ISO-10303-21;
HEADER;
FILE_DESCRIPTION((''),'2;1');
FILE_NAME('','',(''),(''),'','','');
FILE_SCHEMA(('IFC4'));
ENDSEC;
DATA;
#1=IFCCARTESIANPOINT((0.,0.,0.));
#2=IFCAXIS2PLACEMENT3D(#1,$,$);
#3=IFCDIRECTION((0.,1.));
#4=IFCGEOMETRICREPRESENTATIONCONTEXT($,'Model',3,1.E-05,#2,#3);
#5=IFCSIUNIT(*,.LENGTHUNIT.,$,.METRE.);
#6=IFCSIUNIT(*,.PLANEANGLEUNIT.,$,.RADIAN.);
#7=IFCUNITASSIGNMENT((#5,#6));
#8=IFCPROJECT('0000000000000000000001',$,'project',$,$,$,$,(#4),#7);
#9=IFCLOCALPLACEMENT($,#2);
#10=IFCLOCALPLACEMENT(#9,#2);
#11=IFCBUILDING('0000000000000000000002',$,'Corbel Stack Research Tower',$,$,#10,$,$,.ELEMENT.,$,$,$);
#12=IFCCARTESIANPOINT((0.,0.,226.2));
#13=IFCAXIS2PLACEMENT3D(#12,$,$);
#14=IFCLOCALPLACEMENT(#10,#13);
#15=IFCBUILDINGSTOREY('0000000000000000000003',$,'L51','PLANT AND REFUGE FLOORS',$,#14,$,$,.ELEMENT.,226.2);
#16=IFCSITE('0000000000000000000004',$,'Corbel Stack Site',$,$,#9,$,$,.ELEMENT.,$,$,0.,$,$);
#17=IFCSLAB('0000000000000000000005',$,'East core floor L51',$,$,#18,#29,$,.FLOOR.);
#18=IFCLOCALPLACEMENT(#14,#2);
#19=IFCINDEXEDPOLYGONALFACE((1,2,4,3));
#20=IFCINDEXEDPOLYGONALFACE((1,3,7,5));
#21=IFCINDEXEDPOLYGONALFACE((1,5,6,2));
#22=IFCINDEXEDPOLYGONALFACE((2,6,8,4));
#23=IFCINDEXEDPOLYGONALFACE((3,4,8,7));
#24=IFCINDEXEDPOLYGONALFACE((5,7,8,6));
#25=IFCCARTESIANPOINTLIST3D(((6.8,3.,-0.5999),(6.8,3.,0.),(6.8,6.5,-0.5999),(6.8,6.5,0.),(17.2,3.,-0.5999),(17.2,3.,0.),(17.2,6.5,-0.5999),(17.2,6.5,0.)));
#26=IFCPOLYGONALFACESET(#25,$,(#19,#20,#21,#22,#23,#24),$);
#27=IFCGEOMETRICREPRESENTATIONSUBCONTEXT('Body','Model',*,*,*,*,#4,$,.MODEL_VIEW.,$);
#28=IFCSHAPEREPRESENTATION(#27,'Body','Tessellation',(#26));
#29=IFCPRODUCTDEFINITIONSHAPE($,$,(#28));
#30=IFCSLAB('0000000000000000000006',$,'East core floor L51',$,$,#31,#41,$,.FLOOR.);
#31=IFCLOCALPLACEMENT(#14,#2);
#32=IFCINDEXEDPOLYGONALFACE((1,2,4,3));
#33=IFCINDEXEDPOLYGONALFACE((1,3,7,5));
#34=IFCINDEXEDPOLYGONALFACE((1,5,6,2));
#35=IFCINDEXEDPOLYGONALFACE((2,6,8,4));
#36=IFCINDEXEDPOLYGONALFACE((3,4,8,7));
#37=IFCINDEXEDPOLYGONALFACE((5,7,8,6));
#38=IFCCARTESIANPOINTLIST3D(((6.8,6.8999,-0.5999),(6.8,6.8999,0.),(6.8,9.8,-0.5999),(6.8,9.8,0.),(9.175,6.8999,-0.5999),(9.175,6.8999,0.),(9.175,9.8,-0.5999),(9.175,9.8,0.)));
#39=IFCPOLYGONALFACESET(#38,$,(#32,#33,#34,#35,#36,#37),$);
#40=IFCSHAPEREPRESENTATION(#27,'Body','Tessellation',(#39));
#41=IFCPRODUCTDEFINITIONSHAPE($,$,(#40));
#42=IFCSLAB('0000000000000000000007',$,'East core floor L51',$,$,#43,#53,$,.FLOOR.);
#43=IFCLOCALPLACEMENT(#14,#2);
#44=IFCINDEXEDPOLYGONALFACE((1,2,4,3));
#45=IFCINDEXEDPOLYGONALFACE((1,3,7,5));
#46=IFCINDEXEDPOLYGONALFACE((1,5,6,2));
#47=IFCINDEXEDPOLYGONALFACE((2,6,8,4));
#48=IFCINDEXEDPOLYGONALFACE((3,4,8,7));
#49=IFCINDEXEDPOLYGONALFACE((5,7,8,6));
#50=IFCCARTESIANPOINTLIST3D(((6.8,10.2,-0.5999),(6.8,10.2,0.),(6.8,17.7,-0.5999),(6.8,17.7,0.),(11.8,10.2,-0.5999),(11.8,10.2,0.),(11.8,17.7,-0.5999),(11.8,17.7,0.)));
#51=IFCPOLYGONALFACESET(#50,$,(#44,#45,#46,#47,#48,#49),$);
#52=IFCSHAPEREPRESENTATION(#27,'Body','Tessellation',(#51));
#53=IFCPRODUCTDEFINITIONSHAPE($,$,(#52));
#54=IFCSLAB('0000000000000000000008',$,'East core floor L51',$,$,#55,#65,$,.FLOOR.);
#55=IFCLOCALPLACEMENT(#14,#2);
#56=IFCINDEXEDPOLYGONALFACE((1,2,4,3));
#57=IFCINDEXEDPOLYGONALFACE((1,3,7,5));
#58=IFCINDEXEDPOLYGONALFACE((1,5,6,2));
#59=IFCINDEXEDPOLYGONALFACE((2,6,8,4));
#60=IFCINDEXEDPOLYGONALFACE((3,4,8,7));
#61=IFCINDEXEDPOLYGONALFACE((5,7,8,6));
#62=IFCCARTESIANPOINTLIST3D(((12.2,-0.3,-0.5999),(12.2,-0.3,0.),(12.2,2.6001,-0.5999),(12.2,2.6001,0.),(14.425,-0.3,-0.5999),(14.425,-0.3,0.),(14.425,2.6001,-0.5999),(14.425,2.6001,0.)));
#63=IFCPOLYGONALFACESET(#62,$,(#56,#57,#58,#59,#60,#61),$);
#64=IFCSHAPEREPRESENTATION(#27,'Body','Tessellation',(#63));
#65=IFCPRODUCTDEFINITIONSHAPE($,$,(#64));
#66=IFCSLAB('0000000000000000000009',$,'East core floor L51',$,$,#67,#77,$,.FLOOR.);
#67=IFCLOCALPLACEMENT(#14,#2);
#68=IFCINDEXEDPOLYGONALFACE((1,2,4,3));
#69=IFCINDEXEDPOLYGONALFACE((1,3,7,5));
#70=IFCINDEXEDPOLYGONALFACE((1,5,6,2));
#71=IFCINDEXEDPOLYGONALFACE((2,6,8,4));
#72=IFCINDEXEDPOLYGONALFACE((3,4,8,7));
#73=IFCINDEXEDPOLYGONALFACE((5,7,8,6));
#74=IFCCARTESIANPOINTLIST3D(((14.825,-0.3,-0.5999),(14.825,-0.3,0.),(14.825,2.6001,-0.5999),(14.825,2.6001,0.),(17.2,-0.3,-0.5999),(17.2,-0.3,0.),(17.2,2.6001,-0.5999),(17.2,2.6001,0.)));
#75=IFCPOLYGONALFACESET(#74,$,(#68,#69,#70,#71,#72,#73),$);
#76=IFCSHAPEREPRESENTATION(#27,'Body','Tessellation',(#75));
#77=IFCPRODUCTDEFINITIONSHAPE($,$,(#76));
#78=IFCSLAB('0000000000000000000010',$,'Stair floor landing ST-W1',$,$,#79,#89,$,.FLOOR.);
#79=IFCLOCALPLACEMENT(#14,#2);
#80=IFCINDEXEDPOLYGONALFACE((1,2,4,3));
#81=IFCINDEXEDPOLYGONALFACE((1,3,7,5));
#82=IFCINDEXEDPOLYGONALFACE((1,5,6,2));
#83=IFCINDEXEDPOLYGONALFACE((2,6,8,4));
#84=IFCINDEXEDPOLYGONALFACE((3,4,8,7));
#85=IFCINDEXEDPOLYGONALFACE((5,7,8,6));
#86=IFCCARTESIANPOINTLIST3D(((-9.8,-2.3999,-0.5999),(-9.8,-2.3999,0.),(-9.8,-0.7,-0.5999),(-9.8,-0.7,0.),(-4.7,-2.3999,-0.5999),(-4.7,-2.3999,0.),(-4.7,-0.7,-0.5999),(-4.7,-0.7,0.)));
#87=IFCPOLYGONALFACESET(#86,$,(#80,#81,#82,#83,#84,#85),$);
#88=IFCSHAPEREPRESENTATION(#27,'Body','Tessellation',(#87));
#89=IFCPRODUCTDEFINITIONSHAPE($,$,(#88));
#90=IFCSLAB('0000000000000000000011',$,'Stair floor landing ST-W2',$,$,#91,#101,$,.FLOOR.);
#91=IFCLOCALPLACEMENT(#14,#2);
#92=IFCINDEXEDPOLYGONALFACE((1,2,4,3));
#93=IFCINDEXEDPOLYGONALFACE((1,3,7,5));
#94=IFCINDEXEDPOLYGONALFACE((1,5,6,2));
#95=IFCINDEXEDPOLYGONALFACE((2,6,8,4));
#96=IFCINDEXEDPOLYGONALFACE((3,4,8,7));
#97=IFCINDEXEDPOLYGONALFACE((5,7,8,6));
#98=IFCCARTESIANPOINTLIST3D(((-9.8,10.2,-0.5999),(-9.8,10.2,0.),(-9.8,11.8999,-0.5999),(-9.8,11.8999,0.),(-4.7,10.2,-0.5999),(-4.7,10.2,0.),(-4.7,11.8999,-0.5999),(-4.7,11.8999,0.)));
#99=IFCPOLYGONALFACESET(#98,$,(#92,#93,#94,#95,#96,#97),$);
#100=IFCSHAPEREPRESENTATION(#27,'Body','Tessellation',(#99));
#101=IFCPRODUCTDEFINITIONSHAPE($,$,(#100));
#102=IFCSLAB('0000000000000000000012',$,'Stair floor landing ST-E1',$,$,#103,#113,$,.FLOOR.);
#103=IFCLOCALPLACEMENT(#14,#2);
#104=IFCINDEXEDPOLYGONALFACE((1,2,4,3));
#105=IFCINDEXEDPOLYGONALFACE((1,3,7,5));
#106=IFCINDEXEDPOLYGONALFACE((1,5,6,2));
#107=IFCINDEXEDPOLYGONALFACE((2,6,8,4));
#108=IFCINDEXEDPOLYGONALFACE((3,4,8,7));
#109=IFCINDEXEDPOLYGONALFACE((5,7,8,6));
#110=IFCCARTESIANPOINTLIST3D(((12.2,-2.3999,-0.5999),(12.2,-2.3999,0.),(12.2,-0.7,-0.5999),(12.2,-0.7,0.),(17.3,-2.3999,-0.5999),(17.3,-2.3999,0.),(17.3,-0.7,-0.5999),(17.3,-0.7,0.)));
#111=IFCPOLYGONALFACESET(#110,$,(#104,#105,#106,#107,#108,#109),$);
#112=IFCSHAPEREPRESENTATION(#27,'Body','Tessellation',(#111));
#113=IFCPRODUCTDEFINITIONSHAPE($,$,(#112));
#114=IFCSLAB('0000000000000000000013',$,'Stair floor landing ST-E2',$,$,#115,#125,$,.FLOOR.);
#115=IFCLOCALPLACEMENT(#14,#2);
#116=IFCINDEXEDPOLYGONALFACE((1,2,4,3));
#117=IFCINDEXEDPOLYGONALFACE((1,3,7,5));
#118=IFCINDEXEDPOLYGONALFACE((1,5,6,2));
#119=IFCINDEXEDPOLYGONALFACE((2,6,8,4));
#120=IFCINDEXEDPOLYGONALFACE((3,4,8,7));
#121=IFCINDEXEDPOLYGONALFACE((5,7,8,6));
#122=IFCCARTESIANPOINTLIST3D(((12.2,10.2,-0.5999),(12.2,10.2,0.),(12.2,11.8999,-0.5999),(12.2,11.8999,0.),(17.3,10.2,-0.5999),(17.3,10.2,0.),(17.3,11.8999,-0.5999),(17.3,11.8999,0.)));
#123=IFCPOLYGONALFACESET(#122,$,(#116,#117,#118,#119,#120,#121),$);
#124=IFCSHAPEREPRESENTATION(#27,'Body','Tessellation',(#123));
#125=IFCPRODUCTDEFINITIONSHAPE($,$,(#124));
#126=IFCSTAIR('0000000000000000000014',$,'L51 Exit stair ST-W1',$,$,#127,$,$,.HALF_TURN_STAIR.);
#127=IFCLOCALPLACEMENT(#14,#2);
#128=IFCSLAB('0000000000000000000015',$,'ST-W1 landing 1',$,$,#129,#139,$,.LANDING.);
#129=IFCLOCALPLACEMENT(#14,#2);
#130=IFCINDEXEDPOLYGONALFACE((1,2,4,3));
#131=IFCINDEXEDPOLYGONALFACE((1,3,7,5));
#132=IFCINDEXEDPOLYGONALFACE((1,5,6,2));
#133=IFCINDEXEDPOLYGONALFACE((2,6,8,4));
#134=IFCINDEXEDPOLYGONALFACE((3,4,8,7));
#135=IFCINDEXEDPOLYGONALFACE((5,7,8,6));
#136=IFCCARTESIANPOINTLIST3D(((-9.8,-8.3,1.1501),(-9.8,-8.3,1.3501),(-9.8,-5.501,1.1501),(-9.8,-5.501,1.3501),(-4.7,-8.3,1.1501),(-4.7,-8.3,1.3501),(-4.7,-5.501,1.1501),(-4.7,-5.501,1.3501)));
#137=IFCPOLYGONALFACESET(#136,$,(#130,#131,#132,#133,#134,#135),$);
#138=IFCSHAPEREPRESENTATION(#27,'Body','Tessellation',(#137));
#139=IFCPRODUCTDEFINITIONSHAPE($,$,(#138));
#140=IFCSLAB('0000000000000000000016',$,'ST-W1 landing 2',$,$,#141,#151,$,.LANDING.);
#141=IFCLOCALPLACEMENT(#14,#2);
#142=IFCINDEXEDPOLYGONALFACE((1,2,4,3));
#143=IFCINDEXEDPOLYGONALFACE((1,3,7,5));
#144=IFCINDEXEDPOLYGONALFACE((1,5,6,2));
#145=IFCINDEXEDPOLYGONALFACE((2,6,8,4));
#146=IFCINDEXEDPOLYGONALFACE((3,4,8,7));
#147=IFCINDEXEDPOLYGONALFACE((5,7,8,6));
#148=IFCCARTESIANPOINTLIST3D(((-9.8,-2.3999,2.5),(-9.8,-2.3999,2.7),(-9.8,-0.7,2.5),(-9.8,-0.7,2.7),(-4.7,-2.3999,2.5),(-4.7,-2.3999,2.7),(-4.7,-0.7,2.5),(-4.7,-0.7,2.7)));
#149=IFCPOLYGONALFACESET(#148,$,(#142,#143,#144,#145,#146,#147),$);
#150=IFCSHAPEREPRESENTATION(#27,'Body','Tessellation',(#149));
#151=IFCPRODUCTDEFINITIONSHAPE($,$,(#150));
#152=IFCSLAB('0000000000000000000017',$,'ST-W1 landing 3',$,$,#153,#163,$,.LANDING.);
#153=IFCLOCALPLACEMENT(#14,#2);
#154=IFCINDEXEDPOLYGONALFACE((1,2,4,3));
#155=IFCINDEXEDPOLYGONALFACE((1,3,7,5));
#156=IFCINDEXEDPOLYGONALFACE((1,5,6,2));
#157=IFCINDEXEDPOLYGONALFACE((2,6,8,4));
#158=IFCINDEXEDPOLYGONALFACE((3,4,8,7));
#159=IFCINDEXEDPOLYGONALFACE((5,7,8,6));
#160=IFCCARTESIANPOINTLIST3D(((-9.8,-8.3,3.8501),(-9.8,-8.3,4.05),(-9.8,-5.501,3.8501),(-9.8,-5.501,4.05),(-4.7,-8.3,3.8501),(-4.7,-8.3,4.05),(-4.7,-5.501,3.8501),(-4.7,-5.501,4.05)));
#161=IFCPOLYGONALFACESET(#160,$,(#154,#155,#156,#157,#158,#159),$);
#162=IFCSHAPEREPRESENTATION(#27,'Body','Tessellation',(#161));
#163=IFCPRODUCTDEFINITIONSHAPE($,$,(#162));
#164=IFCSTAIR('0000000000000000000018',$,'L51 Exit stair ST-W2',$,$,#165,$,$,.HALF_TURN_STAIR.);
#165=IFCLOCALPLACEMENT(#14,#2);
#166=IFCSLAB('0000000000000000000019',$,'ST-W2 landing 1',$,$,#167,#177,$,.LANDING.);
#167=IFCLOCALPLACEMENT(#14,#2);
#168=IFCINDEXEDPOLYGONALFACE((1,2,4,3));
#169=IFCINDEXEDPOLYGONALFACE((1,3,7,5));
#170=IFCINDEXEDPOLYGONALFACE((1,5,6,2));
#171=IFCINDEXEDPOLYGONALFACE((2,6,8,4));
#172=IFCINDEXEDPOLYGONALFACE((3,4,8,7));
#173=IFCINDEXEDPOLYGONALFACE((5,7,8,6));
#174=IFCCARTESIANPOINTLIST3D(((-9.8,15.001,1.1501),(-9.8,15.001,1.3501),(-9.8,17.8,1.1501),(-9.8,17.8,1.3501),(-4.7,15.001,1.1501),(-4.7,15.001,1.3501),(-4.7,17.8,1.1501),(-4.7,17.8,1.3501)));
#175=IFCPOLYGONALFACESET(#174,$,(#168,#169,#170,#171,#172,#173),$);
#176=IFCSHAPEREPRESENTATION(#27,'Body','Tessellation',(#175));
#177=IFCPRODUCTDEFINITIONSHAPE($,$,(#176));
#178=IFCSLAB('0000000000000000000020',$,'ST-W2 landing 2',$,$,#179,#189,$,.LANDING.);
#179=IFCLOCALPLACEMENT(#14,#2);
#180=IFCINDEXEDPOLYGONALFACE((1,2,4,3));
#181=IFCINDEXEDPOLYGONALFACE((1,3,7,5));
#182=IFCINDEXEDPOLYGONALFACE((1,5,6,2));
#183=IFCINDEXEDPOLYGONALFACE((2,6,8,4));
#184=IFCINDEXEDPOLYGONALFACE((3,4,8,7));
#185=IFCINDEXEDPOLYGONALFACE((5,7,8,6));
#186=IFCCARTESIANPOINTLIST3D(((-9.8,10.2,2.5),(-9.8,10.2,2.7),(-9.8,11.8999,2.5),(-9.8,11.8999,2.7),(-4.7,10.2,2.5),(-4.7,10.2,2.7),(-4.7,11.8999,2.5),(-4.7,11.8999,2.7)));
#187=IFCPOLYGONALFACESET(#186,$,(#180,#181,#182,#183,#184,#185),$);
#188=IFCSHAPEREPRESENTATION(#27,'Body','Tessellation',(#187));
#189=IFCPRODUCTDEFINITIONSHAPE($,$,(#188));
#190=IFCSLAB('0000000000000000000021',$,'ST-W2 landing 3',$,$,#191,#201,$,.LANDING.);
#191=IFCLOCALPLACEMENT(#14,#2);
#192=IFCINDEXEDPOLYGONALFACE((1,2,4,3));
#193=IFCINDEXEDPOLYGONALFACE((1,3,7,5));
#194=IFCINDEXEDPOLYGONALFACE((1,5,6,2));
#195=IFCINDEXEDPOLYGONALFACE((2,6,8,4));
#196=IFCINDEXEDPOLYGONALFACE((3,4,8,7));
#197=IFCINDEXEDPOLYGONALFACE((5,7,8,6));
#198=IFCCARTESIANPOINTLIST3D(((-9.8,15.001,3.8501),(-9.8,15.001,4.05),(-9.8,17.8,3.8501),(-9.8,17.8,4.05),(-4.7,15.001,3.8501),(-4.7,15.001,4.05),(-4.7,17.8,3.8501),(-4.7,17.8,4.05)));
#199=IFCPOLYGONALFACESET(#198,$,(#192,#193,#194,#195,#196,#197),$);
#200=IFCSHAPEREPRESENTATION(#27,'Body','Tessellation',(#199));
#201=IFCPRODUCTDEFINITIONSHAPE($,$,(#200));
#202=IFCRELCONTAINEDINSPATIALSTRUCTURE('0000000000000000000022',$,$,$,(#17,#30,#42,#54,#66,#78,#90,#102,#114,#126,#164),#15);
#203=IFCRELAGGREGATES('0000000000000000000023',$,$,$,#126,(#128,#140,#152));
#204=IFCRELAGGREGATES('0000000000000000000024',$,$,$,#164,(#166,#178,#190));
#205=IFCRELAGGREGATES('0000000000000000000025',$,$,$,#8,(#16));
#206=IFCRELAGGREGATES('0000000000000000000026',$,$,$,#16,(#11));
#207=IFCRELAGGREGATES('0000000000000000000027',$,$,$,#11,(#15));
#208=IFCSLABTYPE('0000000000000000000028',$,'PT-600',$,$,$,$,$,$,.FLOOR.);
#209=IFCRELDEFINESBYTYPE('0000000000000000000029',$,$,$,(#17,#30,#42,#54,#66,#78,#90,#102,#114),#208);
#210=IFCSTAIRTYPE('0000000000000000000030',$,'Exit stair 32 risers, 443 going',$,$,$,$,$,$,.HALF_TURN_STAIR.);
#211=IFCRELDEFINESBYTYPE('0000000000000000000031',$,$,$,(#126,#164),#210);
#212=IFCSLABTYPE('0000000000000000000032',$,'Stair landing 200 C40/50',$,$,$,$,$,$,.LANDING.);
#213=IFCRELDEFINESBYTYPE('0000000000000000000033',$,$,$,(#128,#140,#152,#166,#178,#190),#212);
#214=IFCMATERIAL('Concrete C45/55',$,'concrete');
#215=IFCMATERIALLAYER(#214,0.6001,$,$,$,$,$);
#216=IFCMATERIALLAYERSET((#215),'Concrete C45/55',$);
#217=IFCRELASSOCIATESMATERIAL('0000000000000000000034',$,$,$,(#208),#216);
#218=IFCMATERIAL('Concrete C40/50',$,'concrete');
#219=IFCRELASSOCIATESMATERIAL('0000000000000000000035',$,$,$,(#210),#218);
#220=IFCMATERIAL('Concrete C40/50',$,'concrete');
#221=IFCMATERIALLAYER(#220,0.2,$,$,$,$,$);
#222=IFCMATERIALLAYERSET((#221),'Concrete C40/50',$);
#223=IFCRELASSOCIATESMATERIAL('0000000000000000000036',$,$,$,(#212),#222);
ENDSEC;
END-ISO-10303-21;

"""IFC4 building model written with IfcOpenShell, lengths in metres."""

from ifc_helpers import new_model, si_unit, direction, frame, origin, place, context, subcontext, project, spatial, polyline, outline, extrude, material, layer, layer_set, type_object, element, aggregate, save


model = new_model("IFC4")

# Units and contexts
model_context = context("Model", 3, precision=1e-05, world=origin(), true_north=direction((0.0, 1.0)))
body_context = subcontext(model_context, "Body", "Model", "MODEL_VIEW")
ifc_project = project(units=[si_unit("LENGTHUNIT", "METRE"), si_unit("PLANEANGLEUNIT", "RADIAN")], contexts=[model_context])

# Site, building, storey
site_placement = place(None, origin())
site = spatial("IfcSite", under=ifc_project, at=site_placement, Name="Corbel Stack Site", CompositionType="ELEMENT", RefElevation=0.0)
building_placement = place(site_placement, origin())
building = spatial("IfcBuilding", under=site, at=building_placement, Name="Corbel Stack Research Tower", CompositionType="ELEMENT")
storey_placement = place(building_placement, frame((0.0, 0.0, 226.2)))
storey = spatial("IfcBuildingStorey", under=building, at=storey_placement, Name="L51", Description="PLANT AND REFUGE FLOORS", CompositionType="ELEMENT", Elevation=226.2)

# Slabs
ifc_material_1 = material(Name="Concrete C45/55", Category="concrete")
ifc_layer_1 = layer(ifc_material_1, 0.6001)
ifc_layer_set_1 = layer_set([ifc_layer_1], Name="Concrete C45/55")
slab_type_1 = type_object("IfcSlabType", Name="PT-600", PredefinedType="FLOOR", material=ifc_layer_set_1)
slab_1_placement = place(storey_placement, frame((0.0, 0.0, -0.5999)))
element("IfcSlab", 1, at=slab_1_placement, inside=storey, type_object=slab_type_1, Name="East core floor L51", PredefinedType="FLOOR", context=body_context, shape_type="SweptSolid", body=[
    extrude(outline(polyline([(17.2, 6.5), (6.8, 6.5), (6.8, 3.0), (17.2, 3.0), (17.2, 6.5)])), origin(), (0.0, 0.0, 1.0), 0.5999),
])
slab_2_placement = place(storey_placement, frame((0.0, 0.0, -0.5999)))
element("IfcSlab", 2, at=slab_2_placement, inside=storey, type_object=slab_type_1, Name="East core floor L51", PredefinedType="FLOOR", context=body_context, shape_type="SweptSolid", body=[
    extrude(outline(polyline([(6.8, 6.8999), (9.175, 6.8999), (9.175, 9.8), (6.8, 9.8), (6.8, 6.8999)])), origin(), (0.0, 0.0, 1.0), 0.5999),
])
slab_3_placement = place(storey_placement, frame((0.0, 0.0, -0.5999)))
element("IfcSlab", 3, at=slab_3_placement, inside=storey, type_object=slab_type_1, Name="East core floor L51", PredefinedType="FLOOR", context=body_context, shape_type="SweptSolid", body=[
    extrude(outline(polyline([(6.8, 17.7), (6.8, 10.2), (11.8, 10.2), (11.8, 17.7), (6.8, 17.7)])), origin(), (0.0, 0.0, 1.0), 0.5999),
])
slab_4_placement = place(storey_placement, frame((0.0, 0.0, -0.5999)))
element("IfcSlab", 4, at=slab_4_placement, inside=storey, type_object=slab_type_1, Name="East core floor L51", PredefinedType="FLOOR", context=body_context, shape_type="SweptSolid", body=[
    extrude(outline(polyline([(14.425, -0.3), (14.425, 2.6001), (12.2, 2.6001), (12.2, -0.3), (14.425, -0.3)])), origin(), (0.0, 0.0, 1.0), 0.5999),
])
slab_5_placement = place(storey_placement, frame((0.0, 0.0, -0.5999)))
element("IfcSlab", 5, at=slab_5_placement, inside=storey, type_object=slab_type_1, Name="East core floor L51", PredefinedType="FLOOR", context=body_context, shape_type="SweptSolid", body=[
    extrude(outline(polyline([(17.2, -0.3), (17.2, 2.6001), (14.825, 2.6001), (14.825, -0.3), (17.2, -0.3)])), origin(), (0.0, 0.0, 1.0), 0.5999),
])
slab_6_placement = place(storey_placement, frame((0.0, 0.0, -0.5999)))
element("IfcSlab", 6, at=slab_6_placement, inside=storey, type_object=slab_type_1, Name="Stair floor landing ST-W1", PredefinedType="FLOOR", context=body_context, shape_type="SweptSolid", body=[
    extrude(outline(polyline([(-9.8, -2.3999), (-4.7, -2.3999), (-4.7, -0.7), (-9.8, -0.7), (-9.8, -2.3999)])), origin(), (0.0, 0.0, 1.0), 0.5999),
])
slab_7_placement = place(storey_placement, frame((0.0, 0.0, -0.5999)))
element("IfcSlab", 7, at=slab_7_placement, inside=storey, type_object=slab_type_1, Name="Stair floor landing ST-W2", PredefinedType="FLOOR", context=body_context, shape_type="SweptSolid", body=[
    extrude(outline(polyline([(-9.8, 10.2), (-4.7, 10.2), (-4.7, 11.8999), (-9.8, 11.8999), (-9.8, 10.2)])), origin(), (0.0, 0.0, 1.0), 0.5999),
])
slab_8_placement = place(storey_placement, frame((0.0, 0.0, -0.5999)))
element("IfcSlab", 8, at=slab_8_placement, inside=storey, type_object=slab_type_1, Name="Stair floor landing ST-E1", PredefinedType="FLOOR", context=body_context, shape_type="SweptSolid", body=[
    extrude(outline(polyline([(12.2, -2.3999), (17.3, -2.3999), (17.3, -0.7), (12.2, -0.7), (12.2, -2.3999)])), origin(), (0.0, 0.0, 1.0), 0.5999),
])
slab_9_placement = place(storey_placement, frame((0.0, 0.0, -0.5999)))
element("IfcSlab", 9, at=slab_9_placement, inside=storey, type_object=slab_type_1, Name="Stair floor landing ST-E2", PredefinedType="FLOOR", context=body_context, shape_type="SweptSolid", body=[
    extrude(outline(polyline([(12.2, 10.2), (17.3, 10.2), (17.3, 11.8999), (12.2, 11.8999), (12.2, 10.2)])), origin(), (0.0, 0.0, 1.0), 0.5999),
])

# Stairs, slabs
ifc_material_2 = material(Name="Concrete C40/50", Category="concrete")
stair_type = type_object("IfcStairType", Name="Exit stair 32 risers, 443 going", PredefinedType="HALF_TURN_STAIR", material=ifc_material_2)
stair_1_placement = place(storey_placement, origin())
stair_1 = element("IfcStair", 10, at=stair_1_placement, inside=storey, type_object=stair_type, Name="L51 Exit stair ST-W1", PredefinedType="HALF_TURN_STAIR")
ifc_material_3 = material(Name="Concrete C40/50", Category="concrete")
ifc_layer_2 = layer(ifc_material_3, 0.2)
ifc_layer_set_2 = layer_set([ifc_layer_2], Name="Concrete C40/50")
slab_type_2 = type_object("IfcSlabType", Name="Stair landing 200 C40/50", PredefinedType="LANDING", material=ifc_layer_set_2)
slab_10_placement = place(storey_placement, frame((0.0, 0.0, 1.1501)))
slab_10 = element("IfcSlab", 11, at=slab_10_placement, type_object=slab_type_2, Name="ST-W1 landing 1", PredefinedType="LANDING", context=body_context, shape_type="SweptSolid", body=[
    extrude(outline(polyline([(-9.8, -8.3), (-9.8, -5.501), (-4.7, -5.501), (-4.7, -8.3), (-9.8, -8.3)])), origin(), (0.0, 0.0, 1.0), 0.2),
])
slab_11_placement = place(storey_placement, frame((0.0, 0.0, 2.5)))
slab_11 = element("IfcSlab", 12, at=slab_11_placement, type_object=slab_type_2, Name="ST-W1 landing 2", PredefinedType="LANDING", context=body_context, shape_type="SweptSolid", body=[
    extrude(outline(polyline([(-9.8, -2.3999), (-9.8, -0.7), (-4.7, -0.7), (-4.7, -2.3999), (-9.8, -2.3999)])), origin(), (0.0, 0.0, 1.0), 0.2),
])
slab_12_placement = place(storey_placement, frame((0.0, 0.0, 3.8501)))
slab_12 = element("IfcSlab", 13, at=slab_12_placement, type_object=slab_type_2, Name="ST-W1 landing 3", PredefinedType="LANDING", context=body_context, shape_type="SweptSolid", body=[
    extrude(outline(polyline([(-9.8, -8.3), (-9.8, -5.501), (-4.7, -5.501), (-4.7, -8.3), (-9.8, -8.3)])), origin(), (0.0, 0.0, 1.0), 0.2),
])
aggregate(stair_1, [slab_10, slab_11, slab_12])
stair_2_placement = place(storey_placement, origin())
stair_2 = element("IfcStair", 14, at=stair_2_placement, inside=storey, type_object=stair_type, Name="L51 Exit stair ST-W2", PredefinedType="HALF_TURN_STAIR")
slab_13_placement = place(storey_placement, frame((0.0, 0.0, 1.1501)))
slab_13 = element("IfcSlab", 15, at=slab_13_placement, type_object=slab_type_2, Name="ST-W2 landing 1", PredefinedType="LANDING", context=body_context, shape_type="SweptSolid", body=[
    extrude(outline(polyline([(-9.8, 15.001), (-9.8, 17.8), (-4.7, 17.8), (-4.7, 15.001), (-9.8, 15.001)])), origin(), (0.0, 0.0, 1.0), 0.2),
])
slab_14_placement = place(storey_placement, frame((0.0, 0.0, 2.5)))
slab_14 = element("IfcSlab", 16, at=slab_14_placement, type_object=slab_type_2, Name="ST-W2 landing 2", PredefinedType="LANDING", context=body_context, shape_type="SweptSolid", body=[
    extrude(outline(polyline([(-9.8, 10.2), (-9.8, 11.8999), (-4.7, 11.8999), (-4.7, 10.2), (-9.8, 10.2)])), origin(), (0.0, 0.0, 1.0), 0.2),
])
slab_15_placement = place(storey_placement, frame((0.0, 0.0, 3.8501)))
slab_15 = element("IfcSlab", 17, at=slab_15_placement, type_object=slab_type_2, Name="ST-W2 landing 3", PredefinedType="LANDING", context=body_context, shape_type="SweptSolid", body=[
    extrude(outline(polyline([(-9.8, 15.001), (-9.8, 17.8), (-4.7, 17.8), (-4.7, 15.001), (-9.8, 15.001)])), origin(), (0.0, 0.0, 1.0), 0.2),
])
aggregate(stair_2, [slab_13, slab_14, slab_15])

save(model, "model.ifc")
